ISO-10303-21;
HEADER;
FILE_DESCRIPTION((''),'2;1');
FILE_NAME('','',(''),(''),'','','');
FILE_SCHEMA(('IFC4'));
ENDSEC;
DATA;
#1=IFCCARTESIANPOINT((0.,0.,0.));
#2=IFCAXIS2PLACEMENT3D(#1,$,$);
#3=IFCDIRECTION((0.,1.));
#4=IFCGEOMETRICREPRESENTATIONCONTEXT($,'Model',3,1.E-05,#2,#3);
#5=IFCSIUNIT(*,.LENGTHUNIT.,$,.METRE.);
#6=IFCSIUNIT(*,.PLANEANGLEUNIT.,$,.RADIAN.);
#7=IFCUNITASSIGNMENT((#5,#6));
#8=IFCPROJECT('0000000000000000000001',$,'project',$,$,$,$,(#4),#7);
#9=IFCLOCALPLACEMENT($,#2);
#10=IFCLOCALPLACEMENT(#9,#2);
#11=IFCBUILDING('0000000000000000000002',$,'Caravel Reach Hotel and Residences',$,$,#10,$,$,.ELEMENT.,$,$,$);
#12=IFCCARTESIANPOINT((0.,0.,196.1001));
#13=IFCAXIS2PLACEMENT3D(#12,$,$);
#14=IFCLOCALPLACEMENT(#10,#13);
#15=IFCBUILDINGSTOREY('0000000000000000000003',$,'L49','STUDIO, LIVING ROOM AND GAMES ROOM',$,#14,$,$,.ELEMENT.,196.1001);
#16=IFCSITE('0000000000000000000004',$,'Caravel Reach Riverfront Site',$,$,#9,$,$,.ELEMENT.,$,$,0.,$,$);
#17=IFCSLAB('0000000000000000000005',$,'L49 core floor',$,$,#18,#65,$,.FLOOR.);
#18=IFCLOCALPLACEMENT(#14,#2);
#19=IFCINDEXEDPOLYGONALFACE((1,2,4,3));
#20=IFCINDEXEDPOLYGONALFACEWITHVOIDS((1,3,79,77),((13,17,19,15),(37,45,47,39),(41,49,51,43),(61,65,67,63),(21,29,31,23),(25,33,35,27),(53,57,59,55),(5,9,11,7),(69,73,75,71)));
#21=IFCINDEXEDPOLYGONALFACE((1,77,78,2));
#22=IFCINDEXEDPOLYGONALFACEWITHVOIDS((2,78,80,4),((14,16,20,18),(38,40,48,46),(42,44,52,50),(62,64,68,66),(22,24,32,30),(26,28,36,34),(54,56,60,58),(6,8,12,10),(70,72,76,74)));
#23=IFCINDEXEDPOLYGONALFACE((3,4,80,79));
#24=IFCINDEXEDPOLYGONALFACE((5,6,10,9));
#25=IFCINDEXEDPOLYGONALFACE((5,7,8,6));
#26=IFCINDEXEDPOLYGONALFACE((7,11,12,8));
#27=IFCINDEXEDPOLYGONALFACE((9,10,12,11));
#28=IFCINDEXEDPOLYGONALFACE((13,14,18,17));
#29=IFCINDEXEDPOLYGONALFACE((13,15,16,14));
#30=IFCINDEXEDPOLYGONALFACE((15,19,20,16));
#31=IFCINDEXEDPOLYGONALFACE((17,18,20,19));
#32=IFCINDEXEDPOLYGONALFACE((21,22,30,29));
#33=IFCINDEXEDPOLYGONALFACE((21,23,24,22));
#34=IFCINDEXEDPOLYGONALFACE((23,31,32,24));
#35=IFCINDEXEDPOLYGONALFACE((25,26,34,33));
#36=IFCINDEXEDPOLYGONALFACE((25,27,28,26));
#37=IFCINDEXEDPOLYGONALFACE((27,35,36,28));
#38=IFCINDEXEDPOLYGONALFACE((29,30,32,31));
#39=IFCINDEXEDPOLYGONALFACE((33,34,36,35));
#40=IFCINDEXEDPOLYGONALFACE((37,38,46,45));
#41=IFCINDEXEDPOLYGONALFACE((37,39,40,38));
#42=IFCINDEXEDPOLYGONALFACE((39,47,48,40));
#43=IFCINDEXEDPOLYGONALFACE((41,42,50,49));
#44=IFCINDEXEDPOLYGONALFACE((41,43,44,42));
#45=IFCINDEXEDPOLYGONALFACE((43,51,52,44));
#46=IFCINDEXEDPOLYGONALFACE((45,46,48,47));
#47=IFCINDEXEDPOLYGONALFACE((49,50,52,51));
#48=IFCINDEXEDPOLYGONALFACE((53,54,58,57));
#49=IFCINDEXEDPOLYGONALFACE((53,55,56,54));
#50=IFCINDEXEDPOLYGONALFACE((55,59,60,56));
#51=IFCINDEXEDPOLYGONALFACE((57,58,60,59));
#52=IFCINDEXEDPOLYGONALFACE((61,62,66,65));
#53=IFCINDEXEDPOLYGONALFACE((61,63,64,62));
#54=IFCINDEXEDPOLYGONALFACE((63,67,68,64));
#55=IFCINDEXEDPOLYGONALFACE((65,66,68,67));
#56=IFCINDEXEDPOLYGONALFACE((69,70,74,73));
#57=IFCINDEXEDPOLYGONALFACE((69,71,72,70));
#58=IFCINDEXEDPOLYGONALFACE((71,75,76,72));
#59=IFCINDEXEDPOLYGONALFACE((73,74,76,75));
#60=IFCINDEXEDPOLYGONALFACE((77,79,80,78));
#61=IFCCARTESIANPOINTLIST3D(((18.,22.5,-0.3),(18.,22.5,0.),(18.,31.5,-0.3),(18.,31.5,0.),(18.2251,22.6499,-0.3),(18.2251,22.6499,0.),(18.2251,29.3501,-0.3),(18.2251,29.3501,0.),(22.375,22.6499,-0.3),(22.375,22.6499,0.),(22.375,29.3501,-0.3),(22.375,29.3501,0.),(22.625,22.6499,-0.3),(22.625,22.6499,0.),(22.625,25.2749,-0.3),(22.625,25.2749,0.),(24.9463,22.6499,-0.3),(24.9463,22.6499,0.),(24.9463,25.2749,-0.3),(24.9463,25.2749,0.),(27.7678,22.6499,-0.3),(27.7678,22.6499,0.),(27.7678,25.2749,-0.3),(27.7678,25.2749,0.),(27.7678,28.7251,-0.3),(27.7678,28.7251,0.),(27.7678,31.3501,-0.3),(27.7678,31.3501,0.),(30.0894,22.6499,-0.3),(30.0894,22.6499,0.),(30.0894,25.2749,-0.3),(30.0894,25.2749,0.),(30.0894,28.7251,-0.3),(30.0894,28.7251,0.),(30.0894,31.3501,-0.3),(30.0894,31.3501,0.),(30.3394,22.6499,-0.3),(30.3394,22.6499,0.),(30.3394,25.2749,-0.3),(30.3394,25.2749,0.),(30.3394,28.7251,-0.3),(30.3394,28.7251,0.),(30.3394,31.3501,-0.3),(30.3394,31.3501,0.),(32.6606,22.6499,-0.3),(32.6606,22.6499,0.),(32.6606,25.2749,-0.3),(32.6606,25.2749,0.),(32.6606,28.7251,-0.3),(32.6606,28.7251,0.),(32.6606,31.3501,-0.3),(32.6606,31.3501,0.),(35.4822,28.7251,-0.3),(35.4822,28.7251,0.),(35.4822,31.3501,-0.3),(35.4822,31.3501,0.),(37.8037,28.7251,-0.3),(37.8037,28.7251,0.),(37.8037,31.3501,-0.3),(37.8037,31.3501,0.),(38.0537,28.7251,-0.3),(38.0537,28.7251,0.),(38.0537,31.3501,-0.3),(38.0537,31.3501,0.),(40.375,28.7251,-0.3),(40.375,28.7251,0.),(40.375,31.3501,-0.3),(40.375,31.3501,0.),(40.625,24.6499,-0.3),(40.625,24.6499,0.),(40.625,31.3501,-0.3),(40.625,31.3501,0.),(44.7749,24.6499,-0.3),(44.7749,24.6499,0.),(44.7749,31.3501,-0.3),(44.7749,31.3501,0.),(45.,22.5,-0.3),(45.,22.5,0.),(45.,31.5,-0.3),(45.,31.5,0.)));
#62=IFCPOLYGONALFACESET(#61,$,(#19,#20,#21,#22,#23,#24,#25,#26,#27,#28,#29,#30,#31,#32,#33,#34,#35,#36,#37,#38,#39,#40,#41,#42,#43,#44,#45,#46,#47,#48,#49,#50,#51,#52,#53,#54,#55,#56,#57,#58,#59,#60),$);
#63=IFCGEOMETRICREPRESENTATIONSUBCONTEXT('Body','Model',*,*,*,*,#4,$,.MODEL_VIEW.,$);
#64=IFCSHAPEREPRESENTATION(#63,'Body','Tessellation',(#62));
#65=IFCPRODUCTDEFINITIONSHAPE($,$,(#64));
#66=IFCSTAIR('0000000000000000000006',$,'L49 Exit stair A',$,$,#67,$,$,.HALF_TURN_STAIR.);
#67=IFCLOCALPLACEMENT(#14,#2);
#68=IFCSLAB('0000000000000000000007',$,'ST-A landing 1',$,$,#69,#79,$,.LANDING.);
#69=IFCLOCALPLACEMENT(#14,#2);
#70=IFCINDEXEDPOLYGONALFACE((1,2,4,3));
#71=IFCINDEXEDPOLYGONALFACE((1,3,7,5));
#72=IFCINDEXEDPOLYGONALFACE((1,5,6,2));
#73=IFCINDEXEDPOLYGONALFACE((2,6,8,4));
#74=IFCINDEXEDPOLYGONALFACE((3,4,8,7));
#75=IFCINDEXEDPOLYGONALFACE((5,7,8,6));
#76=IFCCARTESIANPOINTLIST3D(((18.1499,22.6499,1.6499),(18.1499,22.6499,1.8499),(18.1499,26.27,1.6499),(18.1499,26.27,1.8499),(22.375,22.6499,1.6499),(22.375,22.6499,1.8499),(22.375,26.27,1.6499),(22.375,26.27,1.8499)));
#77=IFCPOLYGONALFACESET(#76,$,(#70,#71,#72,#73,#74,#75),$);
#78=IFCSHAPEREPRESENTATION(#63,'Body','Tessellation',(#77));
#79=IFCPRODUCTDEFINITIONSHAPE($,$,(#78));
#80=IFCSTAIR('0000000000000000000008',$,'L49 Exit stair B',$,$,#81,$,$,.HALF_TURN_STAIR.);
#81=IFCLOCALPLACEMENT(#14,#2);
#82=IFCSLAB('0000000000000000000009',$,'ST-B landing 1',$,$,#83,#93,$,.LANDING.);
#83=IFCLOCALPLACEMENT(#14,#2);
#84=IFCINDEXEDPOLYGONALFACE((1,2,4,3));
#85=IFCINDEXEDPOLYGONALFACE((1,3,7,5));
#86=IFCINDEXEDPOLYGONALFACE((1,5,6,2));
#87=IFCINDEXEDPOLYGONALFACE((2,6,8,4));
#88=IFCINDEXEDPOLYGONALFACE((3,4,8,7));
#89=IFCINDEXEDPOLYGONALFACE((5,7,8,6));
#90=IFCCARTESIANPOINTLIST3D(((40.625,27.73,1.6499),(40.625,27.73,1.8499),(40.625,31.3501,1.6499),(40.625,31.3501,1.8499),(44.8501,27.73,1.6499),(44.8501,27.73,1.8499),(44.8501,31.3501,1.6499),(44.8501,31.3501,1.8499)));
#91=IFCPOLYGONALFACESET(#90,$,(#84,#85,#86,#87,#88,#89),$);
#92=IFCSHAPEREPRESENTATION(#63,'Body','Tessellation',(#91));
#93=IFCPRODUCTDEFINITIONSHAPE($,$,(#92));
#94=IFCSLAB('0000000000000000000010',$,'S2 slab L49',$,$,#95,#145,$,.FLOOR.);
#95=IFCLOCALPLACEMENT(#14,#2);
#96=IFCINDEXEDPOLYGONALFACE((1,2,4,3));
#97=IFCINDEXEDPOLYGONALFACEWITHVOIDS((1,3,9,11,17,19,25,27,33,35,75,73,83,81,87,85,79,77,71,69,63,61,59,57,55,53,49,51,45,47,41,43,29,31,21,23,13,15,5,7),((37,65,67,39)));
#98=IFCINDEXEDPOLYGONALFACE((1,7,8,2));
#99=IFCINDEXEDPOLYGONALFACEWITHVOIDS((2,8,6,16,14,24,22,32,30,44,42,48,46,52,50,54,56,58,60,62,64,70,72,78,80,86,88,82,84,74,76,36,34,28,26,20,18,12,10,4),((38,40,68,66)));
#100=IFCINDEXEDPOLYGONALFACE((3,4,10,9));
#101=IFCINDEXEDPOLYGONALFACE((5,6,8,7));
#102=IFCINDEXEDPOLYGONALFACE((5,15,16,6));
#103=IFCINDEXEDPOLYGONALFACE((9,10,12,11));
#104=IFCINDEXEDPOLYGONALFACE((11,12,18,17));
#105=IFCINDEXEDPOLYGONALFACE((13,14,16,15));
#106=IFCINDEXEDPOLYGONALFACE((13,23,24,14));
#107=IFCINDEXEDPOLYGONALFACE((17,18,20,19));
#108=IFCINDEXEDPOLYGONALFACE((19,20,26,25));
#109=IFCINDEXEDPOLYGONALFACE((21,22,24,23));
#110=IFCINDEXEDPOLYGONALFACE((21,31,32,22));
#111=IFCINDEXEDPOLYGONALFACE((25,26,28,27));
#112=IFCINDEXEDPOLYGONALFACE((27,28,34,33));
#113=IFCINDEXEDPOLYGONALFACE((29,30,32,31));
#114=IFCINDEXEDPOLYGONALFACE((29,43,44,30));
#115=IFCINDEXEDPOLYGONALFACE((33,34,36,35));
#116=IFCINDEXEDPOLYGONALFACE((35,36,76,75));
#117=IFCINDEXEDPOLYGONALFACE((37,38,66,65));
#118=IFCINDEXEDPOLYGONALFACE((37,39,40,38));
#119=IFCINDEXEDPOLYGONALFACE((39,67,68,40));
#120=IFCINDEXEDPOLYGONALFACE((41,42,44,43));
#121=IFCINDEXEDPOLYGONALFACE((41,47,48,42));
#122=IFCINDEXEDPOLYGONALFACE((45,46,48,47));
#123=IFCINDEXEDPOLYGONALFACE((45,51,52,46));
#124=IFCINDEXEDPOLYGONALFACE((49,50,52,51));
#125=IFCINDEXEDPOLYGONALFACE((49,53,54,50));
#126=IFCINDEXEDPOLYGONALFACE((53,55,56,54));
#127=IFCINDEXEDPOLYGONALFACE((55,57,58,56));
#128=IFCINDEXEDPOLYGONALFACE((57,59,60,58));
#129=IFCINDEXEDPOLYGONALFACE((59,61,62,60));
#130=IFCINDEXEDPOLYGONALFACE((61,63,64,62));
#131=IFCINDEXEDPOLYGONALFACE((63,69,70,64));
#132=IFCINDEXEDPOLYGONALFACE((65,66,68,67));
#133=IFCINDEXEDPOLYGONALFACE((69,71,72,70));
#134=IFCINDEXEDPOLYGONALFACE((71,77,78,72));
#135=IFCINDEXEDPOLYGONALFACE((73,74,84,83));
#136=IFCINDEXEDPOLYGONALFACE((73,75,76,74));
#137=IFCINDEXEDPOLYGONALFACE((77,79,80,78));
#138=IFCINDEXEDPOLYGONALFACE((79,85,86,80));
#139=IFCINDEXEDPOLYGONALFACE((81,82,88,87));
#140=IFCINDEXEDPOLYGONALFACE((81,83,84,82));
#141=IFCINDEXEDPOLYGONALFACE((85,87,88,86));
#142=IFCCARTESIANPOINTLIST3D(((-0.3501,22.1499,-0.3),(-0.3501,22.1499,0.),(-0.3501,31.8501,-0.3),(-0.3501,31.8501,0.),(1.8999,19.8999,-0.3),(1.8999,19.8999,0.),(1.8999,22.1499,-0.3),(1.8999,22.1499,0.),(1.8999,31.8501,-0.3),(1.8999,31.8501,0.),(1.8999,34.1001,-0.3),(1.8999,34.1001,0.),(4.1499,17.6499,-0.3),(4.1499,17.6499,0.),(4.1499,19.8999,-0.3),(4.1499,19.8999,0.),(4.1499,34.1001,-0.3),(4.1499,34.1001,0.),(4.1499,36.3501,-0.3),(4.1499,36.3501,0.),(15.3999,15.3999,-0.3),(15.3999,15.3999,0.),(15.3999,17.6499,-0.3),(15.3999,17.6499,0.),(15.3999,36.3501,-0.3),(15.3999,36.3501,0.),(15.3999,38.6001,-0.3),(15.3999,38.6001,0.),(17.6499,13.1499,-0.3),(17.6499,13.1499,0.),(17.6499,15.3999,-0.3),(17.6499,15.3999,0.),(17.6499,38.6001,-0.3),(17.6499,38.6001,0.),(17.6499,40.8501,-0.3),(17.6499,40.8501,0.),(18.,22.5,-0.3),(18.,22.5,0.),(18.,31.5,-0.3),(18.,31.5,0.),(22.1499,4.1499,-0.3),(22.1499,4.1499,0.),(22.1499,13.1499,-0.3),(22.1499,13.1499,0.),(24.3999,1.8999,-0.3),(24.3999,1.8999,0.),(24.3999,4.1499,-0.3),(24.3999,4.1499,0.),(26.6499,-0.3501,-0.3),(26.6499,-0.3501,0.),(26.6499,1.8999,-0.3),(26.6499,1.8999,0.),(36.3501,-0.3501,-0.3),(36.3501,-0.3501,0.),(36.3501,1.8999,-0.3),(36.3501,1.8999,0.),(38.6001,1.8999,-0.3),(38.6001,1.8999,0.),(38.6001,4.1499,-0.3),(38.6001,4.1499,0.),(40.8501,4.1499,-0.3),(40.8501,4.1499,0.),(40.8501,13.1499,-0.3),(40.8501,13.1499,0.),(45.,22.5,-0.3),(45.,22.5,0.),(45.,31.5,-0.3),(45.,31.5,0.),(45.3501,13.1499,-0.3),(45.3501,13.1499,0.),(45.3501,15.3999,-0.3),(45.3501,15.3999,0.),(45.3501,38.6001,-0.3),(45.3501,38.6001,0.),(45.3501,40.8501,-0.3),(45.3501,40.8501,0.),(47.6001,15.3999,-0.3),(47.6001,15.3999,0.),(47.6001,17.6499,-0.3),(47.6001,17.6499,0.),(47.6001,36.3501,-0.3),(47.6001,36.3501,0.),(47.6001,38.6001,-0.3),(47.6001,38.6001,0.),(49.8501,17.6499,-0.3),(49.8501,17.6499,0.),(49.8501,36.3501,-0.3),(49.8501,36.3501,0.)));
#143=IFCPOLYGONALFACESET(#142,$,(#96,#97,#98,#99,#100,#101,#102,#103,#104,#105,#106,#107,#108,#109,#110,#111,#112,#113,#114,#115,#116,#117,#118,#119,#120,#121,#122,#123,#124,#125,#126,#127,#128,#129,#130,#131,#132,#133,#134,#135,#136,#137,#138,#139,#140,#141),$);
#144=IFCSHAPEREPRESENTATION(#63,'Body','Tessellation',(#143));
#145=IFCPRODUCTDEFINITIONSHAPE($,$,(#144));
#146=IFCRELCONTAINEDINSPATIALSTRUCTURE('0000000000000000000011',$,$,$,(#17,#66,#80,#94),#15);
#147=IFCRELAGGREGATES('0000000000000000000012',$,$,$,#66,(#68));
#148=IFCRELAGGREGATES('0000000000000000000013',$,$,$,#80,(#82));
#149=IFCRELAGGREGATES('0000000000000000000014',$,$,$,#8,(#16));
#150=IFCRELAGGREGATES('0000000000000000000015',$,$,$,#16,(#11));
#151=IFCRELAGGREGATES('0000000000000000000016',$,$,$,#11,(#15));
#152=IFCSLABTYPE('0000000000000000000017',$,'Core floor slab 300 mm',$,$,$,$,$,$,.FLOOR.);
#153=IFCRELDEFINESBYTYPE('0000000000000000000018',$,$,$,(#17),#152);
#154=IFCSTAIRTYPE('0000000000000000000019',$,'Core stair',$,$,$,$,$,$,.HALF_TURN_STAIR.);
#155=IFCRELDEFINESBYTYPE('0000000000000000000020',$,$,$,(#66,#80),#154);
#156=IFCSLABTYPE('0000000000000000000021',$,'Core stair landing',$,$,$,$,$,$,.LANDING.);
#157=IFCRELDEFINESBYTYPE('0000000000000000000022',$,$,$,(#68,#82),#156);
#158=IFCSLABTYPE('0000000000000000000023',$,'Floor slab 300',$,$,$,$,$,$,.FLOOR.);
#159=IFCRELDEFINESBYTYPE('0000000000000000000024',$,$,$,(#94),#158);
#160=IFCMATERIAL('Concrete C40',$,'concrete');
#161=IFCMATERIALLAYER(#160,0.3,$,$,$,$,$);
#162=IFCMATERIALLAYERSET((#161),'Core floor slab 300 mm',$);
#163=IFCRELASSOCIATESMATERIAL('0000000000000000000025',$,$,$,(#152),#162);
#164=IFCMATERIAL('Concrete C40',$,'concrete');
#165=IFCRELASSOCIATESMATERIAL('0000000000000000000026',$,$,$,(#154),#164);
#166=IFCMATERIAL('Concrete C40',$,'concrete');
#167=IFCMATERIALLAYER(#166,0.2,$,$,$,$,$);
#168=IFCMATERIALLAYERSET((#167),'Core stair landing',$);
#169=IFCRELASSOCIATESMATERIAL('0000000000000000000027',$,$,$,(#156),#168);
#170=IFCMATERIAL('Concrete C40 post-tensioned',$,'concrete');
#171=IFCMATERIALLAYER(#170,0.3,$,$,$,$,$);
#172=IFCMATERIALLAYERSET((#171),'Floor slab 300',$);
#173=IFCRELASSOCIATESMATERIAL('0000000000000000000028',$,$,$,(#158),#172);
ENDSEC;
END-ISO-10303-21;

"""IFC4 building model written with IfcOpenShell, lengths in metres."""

from ifc_helpers import new_model, si_unit, direction, frame, origin, place, context, subcontext, project, spatial, polyline, outline, extrude, material, layer, layer_set, type_object, element, aggregate, save


model = new_model("IFC4")

# Units and contexts
model_context = context("Model", 3, precision=1e-05, world=origin(), true_north=direction((0.0, 1.0)))
body_context = subcontext(model_context, "Body", "Model", "MODEL_VIEW")
ifc_project = project(units=[si_unit("LENGTHUNIT", "METRE"), si_unit("PLANEANGLEUNIT", "RADIAN")], contexts=[model_context])

# Site, building, storey
site_placement = place(None, origin())
site = spatial("IfcSite", under=ifc_project, at=site_placement, Name="Caravel Reach Riverfront Site", CompositionType="ELEMENT", RefElevation=0.0)
building_placement = place(site_placement, origin())
building = spatial("IfcBuilding", under=site, at=building_placement, Name="Caravel Reach Hotel and Residences", CompositionType="ELEMENT")
storey_placement = place(building_placement, frame((0.0, 0.0, 196.1001)))
storey = spatial("IfcBuildingStorey", under=building, at=storey_placement, Name="L49", Description="STUDIO, LIVING ROOM AND GAMES ROOM", CompositionType="ELEMENT", Elevation=196.1001)

# Slab
ifc_material_1 = material(Name="Concrete C40", Category="concrete")
ifc_layer_1 = layer(ifc_material_1, 0.3)
ifc_layer_set_1 = layer_set([ifc_layer_1], Name="Core floor slab 300 mm")
slab_type_1 = type_object("IfcSlabType", Name="Core floor slab 300 mm", PredefinedType="FLOOR", material=ifc_layer_set_1)
slab_1_placement = place(storey_placement, frame((0.0, 0.0, -0.3)))
element("IfcSlab", 1, at=slab_1_placement, inside=storey, type_object=slab_type_1, Name="L49 core floor", PredefinedType="FLOOR", context=body_context, shape_type="SweptSolid", body=[
    extrude(outline(polyline([(18.0, 31.5), (45.0, 31.5), (45.0, 22.5), (18.0, 22.5), (18.0, 31.5)]), holes=[polyline([(22.625, 25.2749), (22.625, 22.6499), (24.9463, 22.6499), (24.9463, 25.2749), (22.625, 25.2749)]), polyline([(27.7678, 25.2749), (27.7678, 22.6499), (30.0894, 22.6499), (30.0894, 25.2749), (27.7678, 25.2749)]), polyline([(30.3394, 25.2749), (30.3394, 22.6499), (32.6606, 22.6499), (32.6606, 25.2749), (30.3394, 25.2749)]), polyline([(22.375, 22.6499), (22.375, 29.3501), (18.2251, 29.3501), (18.2251, 22.6499), (22.375, 22.6499)]), polyline([(40.625, 31.3501), (40.625, 24.6499), (44.7749, 24.6499), (44.7749, 31.3501), (40.625, 31.3501)]), polyline([(27.7678, 31.3501), (27.7678, 28.7251), (30.0894, 28.7251), (30.0894, 31.3501), (27.7678, 31.3501)]), polyline([(30.3394, 31.3501), (30.3394, 28.7251), (32.6606, 28.7251), (32.6606, 31.3501), (30.3394, 31.3501)]), polyline([(37.8037, 31.3501), (35.4822, 31.3501), (35.4822, 28.7251), (37.8037, 28.7251), (37.8037, 31.3501)]), polyline([(40.375, 31.3501), (38.0537, 31.3501), (38.0537, 28.7251), (40.375, 28.7251), (40.375, 31.3501)])]), origin(), (0.0, 0.0, 1.0), 0.3),
])

# Stairs, slabs
ifc_material_2 = material(Name="Concrete C40", Category="concrete")
stair_type = type_object("IfcStairType", Name="Core stair", PredefinedType="HALF_TURN_STAIR", material=ifc_material_2)
stair_1_placement = place(storey_placement, origin())
stair_1 = element("IfcStair", 2, at=stair_1_placement, inside=storey, type_object=stair_type, Name="L49 Exit stair A", PredefinedType="HALF_TURN_STAIR")
ifc_material_3 = material(Name="Concrete C40", Category="concrete")
ifc_layer_2 = layer(ifc_material_3, 0.2)
ifc_layer_set_2 = layer_set([ifc_layer_2], Name="Core stair landing")
slab_type_2 = type_object("IfcSlabType", Name="Core stair landing", PredefinedType="LANDING", material=ifc_layer_set_2)
slab_2_placement = place(storey_placement, frame((0.0, 0.0, 1.6499)))
slab_2 = element("IfcSlab", 3, at=slab_2_placement, type_object=slab_type_2, Name="ST-A landing 1", PredefinedType="LANDING", context=body_context, shape_type="SweptSolid", body=[
    extrude(outline(polyline([(18.1499, 26.27), (18.1499, 22.6499), (22.375, 22.6499), (22.375, 26.27), (18.1499, 26.27)])), origin(), (0.0, 0.0, 1.0), 0.2),
])
aggregate(stair_1, [slab_2])
stair_2_placement = place(storey_placement, origin())
stair_2 = element("IfcStair", 4, at=stair_2_placement, inside=storey, type_object=stair_type, Name="L49 Exit stair B", PredefinedType="HALF_TURN_STAIR")
slab_3_placement = place(storey_placement, frame((0.0, 0.0, 1.6499)))
slab_3 = element("IfcSlab", 5, at=slab_3_placement, type_object=slab_type_2, Name="ST-B landing 1", PredefinedType="LANDING", context=body_context, shape_type="SweptSolid", body=[
    extrude(outline(polyline([(44.8501, 27.73), (44.8501, 31.3501), (40.625, 31.3501), (40.625, 27.73), (44.8501, 27.73)])), origin(), (0.0, 0.0, 1.0), 0.2),
])
aggregate(stair_2, [slab_3])

# Slab
ifc_material_4 = material(Name="Concrete C40 post-tensioned", Category="concrete")
ifc_layer_3 = layer(ifc_material_4, 0.3)
ifc_layer_set_3 = layer_set([ifc_layer_3], Name="Floor slab 300")
slab_type_3 = type_object("IfcSlabType", Name="Floor slab 300", PredefinedType="FLOOR", material=ifc_layer_set_3)
slab_4_placement = place(storey_placement, frame((0.0, 0.0, -0.3)))
element("IfcSlab", 6, at=slab_4_placement, inside=storey, type_object=slab_type_3, Name="S2 slab L49", PredefinedType="FLOOR", context=body_context, shape_type="SweptSolid", body=[
    extrude(outline(polyline([(38.6001, 4.1499), (38.6001, 1.8999), (36.3501, 1.8999), (36.3501, -0.3501), (26.6499, -0.3501), (26.6499, 1.8999), (24.3999, 1.8999), (24.3999, 4.1499), (22.1499, 4.1499), (22.1499, 13.1499), (17.6499, 13.1499), (17.6499, 15.3999), (15.3999, 15.3999), (15.3999, 17.6499), (4.1499, 17.6499), (4.1499, 19.8999), (1.8999, 19.8999), (1.8999, 22.1499), (-0.3501, 22.1499), (-0.3501, 31.8501), (1.8999, 31.8501), (1.8999, 34.1001), (4.1499, 34.1001), (4.1499, 36.3501), (15.3999, 36.3501), (15.3999, 38.6001), (17.6499, 38.6001), (17.6499, 40.8501), (45.3501, 40.8501), (45.3501, 38.6001), (47.6001, 38.6001), (47.6001, 36.3501), (49.8501, 36.3501), (49.8501, 17.6499), (47.6001, 17.6499), (47.6001, 15.3999), (45.3501, 15.3999), (45.3501, 13.1499), (40.8501, 13.1499), (40.8501, 4.1499), (38.6001, 4.1499)]), holes=[polyline([(45.0, 31.5), (18.0, 31.5), (18.0, 22.5), (45.0, 22.5), (45.0, 31.5)])]), origin(), (0.0, 0.0, 1.0), 0.3),
])

save(model, "model.ifc")
